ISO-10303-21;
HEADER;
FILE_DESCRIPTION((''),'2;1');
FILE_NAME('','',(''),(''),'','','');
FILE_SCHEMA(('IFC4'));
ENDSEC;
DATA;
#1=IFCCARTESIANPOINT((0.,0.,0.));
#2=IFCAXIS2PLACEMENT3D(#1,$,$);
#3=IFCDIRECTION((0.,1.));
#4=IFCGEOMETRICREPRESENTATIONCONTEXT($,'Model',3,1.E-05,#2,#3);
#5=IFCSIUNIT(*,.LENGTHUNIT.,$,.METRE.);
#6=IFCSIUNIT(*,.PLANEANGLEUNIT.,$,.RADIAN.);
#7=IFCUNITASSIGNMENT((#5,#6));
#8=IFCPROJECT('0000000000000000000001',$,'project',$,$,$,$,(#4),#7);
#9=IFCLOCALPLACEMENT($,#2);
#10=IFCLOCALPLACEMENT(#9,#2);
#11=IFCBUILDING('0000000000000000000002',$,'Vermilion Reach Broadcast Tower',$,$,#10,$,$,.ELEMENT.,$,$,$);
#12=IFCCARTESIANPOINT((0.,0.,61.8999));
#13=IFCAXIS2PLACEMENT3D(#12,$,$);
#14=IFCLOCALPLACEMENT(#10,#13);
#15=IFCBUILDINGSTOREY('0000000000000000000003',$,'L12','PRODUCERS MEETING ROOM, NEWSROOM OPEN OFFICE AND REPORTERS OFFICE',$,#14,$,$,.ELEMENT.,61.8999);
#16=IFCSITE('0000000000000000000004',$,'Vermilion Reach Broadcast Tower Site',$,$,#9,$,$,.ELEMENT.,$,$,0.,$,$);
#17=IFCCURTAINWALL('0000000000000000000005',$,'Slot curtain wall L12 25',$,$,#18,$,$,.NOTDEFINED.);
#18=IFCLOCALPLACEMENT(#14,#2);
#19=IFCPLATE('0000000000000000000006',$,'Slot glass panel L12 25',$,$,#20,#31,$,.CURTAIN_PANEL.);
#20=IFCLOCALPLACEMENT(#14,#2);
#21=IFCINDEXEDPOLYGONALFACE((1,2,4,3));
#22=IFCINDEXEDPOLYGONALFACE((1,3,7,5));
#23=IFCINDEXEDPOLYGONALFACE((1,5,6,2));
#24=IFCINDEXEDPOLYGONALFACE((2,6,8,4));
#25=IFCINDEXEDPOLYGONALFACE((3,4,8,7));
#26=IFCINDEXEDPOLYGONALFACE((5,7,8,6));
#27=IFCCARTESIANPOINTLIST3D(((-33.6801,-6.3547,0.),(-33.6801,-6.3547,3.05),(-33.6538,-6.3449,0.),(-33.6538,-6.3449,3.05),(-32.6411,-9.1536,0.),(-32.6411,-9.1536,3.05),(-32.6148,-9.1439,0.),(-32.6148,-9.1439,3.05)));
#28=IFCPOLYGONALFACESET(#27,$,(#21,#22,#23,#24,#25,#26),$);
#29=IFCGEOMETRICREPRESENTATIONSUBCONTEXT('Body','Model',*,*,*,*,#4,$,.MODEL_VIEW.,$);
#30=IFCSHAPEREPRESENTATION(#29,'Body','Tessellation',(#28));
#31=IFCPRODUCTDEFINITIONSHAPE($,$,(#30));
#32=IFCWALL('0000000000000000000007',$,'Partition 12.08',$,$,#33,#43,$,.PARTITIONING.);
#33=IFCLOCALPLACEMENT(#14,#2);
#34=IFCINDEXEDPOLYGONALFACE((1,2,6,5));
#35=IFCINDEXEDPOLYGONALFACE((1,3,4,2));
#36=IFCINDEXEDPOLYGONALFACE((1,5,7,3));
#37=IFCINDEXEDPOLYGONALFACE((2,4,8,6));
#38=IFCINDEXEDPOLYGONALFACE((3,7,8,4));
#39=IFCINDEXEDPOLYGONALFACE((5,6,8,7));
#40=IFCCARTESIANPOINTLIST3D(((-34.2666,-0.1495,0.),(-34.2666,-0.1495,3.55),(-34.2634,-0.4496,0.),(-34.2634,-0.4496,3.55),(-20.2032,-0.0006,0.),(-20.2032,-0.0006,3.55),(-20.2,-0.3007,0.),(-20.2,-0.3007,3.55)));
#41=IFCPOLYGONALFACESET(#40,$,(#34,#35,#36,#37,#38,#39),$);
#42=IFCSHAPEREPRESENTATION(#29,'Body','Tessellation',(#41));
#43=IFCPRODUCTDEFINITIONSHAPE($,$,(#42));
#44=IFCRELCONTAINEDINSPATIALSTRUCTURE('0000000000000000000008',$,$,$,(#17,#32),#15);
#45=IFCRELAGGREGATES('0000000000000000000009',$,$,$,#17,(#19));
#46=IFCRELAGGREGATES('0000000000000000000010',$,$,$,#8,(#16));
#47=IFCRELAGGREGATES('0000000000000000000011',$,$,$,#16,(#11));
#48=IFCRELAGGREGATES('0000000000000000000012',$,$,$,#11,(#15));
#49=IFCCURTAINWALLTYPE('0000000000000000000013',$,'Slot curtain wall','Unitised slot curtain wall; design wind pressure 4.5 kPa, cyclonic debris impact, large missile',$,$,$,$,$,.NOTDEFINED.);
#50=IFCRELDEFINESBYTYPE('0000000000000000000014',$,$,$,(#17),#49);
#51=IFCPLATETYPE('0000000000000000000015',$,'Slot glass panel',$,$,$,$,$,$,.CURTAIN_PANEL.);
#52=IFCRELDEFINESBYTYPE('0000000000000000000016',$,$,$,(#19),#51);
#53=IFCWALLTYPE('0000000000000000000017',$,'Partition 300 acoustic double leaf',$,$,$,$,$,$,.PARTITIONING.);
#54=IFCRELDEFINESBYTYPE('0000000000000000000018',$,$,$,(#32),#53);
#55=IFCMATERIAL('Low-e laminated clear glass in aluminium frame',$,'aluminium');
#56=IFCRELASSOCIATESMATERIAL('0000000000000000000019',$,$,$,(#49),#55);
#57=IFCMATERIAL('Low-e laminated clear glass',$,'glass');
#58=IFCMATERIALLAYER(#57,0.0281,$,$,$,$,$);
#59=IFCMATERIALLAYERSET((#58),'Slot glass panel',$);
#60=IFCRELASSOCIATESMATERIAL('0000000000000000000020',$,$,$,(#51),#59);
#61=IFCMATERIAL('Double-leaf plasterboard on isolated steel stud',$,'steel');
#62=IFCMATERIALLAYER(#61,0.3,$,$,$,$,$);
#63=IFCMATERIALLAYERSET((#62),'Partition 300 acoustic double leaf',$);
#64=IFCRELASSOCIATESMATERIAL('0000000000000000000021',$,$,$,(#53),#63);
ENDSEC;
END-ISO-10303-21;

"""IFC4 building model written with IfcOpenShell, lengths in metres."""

from ifc_helpers import new_model, si_unit, direction, frame, frame_2d, origin, origin_2d, place, context, subcontext, project, spatial, rectangle, extrude, material, layer, layer_set, type_object, element, aggregate, save


model = new_model("IFC4")

# Units and contexts
model_context = context("Model", 3, precision=1e-05, world=origin(), true_north=direction((0.0, 1.0)))
body_context = subcontext(model_context, "Body", "Model", "MODEL_VIEW")
ifc_project = project(units=[si_unit("LENGTHUNIT", "METRE"), si_unit("PLANEANGLEUNIT", "RADIAN")], contexts=[model_context])

# Site, building, storey
site_placement = place(None, origin())
site = spatial("IfcSite", under=ifc_project, at=site_placement, Name="Vermilion Reach Broadcast Tower Site", CompositionType="ELEMENT", RefElevation=0.0)
building_placement = place(site_placement, origin())
building = spatial("IfcBuilding", under=site, at=building_placement, Name="Vermilion Reach Broadcast Tower", CompositionType="ELEMENT")
storey_placement = place(building_placement, frame((0.0, 0.0, 61.8999)))
storey = spatial("IfcBuildingStorey", under=building, at=storey_placement, Name="L12", Description="PRODUCERS MEETING ROOM, NEWSROOM OPEN OFFICE AND REPORTERS OFFICE", CompositionType="ELEMENT", Elevation=61.8999)

# Curtain wall
ifc_material_1 = material(Name="Low-e laminated clear glass in aluminium frame", Category="aluminium")
curtain_wall_type = type_object("IfcCurtainWallType", Name="Slot curtain wall", Description="Unitised slot curtain wall; design wind pressure 4.5 kPa, cyclonic debris impact, large missile", PredefinedType="NOTDEFINED", material=ifc_material_1)
placement = place(storey_placement, origin())
curtain_wall_1 = element("IfcCurtainWall", 1, at=placement, inside=storey, type_object=curtain_wall_type, Name="Slot curtain wall L12 25", PredefinedType="NOTDEFINED")

# Shared definitions
ifc_material_2 = material(Name="Low-e laminated clear glass", Category="glass")
ifc_layer_1 = layer(ifc_material_2, 0.0281)
ifc_layer_set_1 = layer_set([ifc_layer_1], Name="Slot glass panel")
plate_type = type_object("IfcPlateType", Name="Slot glass panel", PredefinedType="CURTAIN_PANEL", material=ifc_layer_set_1)

# Plate
plate_1_placement = place(storey_placement, frame((-33.1475, -7.7493, 0.0), z_axis=(0.0, 0.0, 1.0), x_axis=(0.347992, -0.937498, 0.0)))
plate_1 = element("IfcPlate", 2, at=plate_1_placement, type_object=plate_type, Name="Slot glass panel L12 25", PredefinedType="CURTAIN_PANEL", context=body_context, shape_type="SweptSolid", body=[
    extrude(rectangle(XDim=2.9856, YDim=0.0281, at=origin_2d()), origin(), (0.0, 0.0, 1.0), 3.05),
])
aggregate(curtain_wall_1, [plate_1])

# Wall
ifc_material_3 = material(Name="Double-leaf plasterboard on isolated steel stud", Category="steel")
ifc_layer_2 = layer(ifc_material_3, 0.3)
ifc_layer_set_2 = layer_set([ifc_layer_2], Name="Partition 300 acoustic double leaf")
wall_type = type_object("IfcWallType", Name="Partition 300 acoustic double leaf", PredefinedType="PARTITIONING", material=ifc_layer_set_2)
wall_placement = place(storey_placement, frame((-34.2651, -0.2996, 0.0), z_axis=(0.0, 0.0, 1.0), x_axis=(0.999944, 0.010589, 0.0)))
element("IfcWall", 3, at=wall_placement, inside=storey, type_object=wall_type, Name="Partition 12.08", PredefinedType="PARTITIONING", context=body_context, shape_type="SweptSolid", body=[
    extrude(rectangle(XDim=14.0642, YDim=0.3, at=frame_2d((7.0322, 0.0))), origin(), (0.0, 0.0, 1.0), 3.55),
])

save(model, "model.ifc")
